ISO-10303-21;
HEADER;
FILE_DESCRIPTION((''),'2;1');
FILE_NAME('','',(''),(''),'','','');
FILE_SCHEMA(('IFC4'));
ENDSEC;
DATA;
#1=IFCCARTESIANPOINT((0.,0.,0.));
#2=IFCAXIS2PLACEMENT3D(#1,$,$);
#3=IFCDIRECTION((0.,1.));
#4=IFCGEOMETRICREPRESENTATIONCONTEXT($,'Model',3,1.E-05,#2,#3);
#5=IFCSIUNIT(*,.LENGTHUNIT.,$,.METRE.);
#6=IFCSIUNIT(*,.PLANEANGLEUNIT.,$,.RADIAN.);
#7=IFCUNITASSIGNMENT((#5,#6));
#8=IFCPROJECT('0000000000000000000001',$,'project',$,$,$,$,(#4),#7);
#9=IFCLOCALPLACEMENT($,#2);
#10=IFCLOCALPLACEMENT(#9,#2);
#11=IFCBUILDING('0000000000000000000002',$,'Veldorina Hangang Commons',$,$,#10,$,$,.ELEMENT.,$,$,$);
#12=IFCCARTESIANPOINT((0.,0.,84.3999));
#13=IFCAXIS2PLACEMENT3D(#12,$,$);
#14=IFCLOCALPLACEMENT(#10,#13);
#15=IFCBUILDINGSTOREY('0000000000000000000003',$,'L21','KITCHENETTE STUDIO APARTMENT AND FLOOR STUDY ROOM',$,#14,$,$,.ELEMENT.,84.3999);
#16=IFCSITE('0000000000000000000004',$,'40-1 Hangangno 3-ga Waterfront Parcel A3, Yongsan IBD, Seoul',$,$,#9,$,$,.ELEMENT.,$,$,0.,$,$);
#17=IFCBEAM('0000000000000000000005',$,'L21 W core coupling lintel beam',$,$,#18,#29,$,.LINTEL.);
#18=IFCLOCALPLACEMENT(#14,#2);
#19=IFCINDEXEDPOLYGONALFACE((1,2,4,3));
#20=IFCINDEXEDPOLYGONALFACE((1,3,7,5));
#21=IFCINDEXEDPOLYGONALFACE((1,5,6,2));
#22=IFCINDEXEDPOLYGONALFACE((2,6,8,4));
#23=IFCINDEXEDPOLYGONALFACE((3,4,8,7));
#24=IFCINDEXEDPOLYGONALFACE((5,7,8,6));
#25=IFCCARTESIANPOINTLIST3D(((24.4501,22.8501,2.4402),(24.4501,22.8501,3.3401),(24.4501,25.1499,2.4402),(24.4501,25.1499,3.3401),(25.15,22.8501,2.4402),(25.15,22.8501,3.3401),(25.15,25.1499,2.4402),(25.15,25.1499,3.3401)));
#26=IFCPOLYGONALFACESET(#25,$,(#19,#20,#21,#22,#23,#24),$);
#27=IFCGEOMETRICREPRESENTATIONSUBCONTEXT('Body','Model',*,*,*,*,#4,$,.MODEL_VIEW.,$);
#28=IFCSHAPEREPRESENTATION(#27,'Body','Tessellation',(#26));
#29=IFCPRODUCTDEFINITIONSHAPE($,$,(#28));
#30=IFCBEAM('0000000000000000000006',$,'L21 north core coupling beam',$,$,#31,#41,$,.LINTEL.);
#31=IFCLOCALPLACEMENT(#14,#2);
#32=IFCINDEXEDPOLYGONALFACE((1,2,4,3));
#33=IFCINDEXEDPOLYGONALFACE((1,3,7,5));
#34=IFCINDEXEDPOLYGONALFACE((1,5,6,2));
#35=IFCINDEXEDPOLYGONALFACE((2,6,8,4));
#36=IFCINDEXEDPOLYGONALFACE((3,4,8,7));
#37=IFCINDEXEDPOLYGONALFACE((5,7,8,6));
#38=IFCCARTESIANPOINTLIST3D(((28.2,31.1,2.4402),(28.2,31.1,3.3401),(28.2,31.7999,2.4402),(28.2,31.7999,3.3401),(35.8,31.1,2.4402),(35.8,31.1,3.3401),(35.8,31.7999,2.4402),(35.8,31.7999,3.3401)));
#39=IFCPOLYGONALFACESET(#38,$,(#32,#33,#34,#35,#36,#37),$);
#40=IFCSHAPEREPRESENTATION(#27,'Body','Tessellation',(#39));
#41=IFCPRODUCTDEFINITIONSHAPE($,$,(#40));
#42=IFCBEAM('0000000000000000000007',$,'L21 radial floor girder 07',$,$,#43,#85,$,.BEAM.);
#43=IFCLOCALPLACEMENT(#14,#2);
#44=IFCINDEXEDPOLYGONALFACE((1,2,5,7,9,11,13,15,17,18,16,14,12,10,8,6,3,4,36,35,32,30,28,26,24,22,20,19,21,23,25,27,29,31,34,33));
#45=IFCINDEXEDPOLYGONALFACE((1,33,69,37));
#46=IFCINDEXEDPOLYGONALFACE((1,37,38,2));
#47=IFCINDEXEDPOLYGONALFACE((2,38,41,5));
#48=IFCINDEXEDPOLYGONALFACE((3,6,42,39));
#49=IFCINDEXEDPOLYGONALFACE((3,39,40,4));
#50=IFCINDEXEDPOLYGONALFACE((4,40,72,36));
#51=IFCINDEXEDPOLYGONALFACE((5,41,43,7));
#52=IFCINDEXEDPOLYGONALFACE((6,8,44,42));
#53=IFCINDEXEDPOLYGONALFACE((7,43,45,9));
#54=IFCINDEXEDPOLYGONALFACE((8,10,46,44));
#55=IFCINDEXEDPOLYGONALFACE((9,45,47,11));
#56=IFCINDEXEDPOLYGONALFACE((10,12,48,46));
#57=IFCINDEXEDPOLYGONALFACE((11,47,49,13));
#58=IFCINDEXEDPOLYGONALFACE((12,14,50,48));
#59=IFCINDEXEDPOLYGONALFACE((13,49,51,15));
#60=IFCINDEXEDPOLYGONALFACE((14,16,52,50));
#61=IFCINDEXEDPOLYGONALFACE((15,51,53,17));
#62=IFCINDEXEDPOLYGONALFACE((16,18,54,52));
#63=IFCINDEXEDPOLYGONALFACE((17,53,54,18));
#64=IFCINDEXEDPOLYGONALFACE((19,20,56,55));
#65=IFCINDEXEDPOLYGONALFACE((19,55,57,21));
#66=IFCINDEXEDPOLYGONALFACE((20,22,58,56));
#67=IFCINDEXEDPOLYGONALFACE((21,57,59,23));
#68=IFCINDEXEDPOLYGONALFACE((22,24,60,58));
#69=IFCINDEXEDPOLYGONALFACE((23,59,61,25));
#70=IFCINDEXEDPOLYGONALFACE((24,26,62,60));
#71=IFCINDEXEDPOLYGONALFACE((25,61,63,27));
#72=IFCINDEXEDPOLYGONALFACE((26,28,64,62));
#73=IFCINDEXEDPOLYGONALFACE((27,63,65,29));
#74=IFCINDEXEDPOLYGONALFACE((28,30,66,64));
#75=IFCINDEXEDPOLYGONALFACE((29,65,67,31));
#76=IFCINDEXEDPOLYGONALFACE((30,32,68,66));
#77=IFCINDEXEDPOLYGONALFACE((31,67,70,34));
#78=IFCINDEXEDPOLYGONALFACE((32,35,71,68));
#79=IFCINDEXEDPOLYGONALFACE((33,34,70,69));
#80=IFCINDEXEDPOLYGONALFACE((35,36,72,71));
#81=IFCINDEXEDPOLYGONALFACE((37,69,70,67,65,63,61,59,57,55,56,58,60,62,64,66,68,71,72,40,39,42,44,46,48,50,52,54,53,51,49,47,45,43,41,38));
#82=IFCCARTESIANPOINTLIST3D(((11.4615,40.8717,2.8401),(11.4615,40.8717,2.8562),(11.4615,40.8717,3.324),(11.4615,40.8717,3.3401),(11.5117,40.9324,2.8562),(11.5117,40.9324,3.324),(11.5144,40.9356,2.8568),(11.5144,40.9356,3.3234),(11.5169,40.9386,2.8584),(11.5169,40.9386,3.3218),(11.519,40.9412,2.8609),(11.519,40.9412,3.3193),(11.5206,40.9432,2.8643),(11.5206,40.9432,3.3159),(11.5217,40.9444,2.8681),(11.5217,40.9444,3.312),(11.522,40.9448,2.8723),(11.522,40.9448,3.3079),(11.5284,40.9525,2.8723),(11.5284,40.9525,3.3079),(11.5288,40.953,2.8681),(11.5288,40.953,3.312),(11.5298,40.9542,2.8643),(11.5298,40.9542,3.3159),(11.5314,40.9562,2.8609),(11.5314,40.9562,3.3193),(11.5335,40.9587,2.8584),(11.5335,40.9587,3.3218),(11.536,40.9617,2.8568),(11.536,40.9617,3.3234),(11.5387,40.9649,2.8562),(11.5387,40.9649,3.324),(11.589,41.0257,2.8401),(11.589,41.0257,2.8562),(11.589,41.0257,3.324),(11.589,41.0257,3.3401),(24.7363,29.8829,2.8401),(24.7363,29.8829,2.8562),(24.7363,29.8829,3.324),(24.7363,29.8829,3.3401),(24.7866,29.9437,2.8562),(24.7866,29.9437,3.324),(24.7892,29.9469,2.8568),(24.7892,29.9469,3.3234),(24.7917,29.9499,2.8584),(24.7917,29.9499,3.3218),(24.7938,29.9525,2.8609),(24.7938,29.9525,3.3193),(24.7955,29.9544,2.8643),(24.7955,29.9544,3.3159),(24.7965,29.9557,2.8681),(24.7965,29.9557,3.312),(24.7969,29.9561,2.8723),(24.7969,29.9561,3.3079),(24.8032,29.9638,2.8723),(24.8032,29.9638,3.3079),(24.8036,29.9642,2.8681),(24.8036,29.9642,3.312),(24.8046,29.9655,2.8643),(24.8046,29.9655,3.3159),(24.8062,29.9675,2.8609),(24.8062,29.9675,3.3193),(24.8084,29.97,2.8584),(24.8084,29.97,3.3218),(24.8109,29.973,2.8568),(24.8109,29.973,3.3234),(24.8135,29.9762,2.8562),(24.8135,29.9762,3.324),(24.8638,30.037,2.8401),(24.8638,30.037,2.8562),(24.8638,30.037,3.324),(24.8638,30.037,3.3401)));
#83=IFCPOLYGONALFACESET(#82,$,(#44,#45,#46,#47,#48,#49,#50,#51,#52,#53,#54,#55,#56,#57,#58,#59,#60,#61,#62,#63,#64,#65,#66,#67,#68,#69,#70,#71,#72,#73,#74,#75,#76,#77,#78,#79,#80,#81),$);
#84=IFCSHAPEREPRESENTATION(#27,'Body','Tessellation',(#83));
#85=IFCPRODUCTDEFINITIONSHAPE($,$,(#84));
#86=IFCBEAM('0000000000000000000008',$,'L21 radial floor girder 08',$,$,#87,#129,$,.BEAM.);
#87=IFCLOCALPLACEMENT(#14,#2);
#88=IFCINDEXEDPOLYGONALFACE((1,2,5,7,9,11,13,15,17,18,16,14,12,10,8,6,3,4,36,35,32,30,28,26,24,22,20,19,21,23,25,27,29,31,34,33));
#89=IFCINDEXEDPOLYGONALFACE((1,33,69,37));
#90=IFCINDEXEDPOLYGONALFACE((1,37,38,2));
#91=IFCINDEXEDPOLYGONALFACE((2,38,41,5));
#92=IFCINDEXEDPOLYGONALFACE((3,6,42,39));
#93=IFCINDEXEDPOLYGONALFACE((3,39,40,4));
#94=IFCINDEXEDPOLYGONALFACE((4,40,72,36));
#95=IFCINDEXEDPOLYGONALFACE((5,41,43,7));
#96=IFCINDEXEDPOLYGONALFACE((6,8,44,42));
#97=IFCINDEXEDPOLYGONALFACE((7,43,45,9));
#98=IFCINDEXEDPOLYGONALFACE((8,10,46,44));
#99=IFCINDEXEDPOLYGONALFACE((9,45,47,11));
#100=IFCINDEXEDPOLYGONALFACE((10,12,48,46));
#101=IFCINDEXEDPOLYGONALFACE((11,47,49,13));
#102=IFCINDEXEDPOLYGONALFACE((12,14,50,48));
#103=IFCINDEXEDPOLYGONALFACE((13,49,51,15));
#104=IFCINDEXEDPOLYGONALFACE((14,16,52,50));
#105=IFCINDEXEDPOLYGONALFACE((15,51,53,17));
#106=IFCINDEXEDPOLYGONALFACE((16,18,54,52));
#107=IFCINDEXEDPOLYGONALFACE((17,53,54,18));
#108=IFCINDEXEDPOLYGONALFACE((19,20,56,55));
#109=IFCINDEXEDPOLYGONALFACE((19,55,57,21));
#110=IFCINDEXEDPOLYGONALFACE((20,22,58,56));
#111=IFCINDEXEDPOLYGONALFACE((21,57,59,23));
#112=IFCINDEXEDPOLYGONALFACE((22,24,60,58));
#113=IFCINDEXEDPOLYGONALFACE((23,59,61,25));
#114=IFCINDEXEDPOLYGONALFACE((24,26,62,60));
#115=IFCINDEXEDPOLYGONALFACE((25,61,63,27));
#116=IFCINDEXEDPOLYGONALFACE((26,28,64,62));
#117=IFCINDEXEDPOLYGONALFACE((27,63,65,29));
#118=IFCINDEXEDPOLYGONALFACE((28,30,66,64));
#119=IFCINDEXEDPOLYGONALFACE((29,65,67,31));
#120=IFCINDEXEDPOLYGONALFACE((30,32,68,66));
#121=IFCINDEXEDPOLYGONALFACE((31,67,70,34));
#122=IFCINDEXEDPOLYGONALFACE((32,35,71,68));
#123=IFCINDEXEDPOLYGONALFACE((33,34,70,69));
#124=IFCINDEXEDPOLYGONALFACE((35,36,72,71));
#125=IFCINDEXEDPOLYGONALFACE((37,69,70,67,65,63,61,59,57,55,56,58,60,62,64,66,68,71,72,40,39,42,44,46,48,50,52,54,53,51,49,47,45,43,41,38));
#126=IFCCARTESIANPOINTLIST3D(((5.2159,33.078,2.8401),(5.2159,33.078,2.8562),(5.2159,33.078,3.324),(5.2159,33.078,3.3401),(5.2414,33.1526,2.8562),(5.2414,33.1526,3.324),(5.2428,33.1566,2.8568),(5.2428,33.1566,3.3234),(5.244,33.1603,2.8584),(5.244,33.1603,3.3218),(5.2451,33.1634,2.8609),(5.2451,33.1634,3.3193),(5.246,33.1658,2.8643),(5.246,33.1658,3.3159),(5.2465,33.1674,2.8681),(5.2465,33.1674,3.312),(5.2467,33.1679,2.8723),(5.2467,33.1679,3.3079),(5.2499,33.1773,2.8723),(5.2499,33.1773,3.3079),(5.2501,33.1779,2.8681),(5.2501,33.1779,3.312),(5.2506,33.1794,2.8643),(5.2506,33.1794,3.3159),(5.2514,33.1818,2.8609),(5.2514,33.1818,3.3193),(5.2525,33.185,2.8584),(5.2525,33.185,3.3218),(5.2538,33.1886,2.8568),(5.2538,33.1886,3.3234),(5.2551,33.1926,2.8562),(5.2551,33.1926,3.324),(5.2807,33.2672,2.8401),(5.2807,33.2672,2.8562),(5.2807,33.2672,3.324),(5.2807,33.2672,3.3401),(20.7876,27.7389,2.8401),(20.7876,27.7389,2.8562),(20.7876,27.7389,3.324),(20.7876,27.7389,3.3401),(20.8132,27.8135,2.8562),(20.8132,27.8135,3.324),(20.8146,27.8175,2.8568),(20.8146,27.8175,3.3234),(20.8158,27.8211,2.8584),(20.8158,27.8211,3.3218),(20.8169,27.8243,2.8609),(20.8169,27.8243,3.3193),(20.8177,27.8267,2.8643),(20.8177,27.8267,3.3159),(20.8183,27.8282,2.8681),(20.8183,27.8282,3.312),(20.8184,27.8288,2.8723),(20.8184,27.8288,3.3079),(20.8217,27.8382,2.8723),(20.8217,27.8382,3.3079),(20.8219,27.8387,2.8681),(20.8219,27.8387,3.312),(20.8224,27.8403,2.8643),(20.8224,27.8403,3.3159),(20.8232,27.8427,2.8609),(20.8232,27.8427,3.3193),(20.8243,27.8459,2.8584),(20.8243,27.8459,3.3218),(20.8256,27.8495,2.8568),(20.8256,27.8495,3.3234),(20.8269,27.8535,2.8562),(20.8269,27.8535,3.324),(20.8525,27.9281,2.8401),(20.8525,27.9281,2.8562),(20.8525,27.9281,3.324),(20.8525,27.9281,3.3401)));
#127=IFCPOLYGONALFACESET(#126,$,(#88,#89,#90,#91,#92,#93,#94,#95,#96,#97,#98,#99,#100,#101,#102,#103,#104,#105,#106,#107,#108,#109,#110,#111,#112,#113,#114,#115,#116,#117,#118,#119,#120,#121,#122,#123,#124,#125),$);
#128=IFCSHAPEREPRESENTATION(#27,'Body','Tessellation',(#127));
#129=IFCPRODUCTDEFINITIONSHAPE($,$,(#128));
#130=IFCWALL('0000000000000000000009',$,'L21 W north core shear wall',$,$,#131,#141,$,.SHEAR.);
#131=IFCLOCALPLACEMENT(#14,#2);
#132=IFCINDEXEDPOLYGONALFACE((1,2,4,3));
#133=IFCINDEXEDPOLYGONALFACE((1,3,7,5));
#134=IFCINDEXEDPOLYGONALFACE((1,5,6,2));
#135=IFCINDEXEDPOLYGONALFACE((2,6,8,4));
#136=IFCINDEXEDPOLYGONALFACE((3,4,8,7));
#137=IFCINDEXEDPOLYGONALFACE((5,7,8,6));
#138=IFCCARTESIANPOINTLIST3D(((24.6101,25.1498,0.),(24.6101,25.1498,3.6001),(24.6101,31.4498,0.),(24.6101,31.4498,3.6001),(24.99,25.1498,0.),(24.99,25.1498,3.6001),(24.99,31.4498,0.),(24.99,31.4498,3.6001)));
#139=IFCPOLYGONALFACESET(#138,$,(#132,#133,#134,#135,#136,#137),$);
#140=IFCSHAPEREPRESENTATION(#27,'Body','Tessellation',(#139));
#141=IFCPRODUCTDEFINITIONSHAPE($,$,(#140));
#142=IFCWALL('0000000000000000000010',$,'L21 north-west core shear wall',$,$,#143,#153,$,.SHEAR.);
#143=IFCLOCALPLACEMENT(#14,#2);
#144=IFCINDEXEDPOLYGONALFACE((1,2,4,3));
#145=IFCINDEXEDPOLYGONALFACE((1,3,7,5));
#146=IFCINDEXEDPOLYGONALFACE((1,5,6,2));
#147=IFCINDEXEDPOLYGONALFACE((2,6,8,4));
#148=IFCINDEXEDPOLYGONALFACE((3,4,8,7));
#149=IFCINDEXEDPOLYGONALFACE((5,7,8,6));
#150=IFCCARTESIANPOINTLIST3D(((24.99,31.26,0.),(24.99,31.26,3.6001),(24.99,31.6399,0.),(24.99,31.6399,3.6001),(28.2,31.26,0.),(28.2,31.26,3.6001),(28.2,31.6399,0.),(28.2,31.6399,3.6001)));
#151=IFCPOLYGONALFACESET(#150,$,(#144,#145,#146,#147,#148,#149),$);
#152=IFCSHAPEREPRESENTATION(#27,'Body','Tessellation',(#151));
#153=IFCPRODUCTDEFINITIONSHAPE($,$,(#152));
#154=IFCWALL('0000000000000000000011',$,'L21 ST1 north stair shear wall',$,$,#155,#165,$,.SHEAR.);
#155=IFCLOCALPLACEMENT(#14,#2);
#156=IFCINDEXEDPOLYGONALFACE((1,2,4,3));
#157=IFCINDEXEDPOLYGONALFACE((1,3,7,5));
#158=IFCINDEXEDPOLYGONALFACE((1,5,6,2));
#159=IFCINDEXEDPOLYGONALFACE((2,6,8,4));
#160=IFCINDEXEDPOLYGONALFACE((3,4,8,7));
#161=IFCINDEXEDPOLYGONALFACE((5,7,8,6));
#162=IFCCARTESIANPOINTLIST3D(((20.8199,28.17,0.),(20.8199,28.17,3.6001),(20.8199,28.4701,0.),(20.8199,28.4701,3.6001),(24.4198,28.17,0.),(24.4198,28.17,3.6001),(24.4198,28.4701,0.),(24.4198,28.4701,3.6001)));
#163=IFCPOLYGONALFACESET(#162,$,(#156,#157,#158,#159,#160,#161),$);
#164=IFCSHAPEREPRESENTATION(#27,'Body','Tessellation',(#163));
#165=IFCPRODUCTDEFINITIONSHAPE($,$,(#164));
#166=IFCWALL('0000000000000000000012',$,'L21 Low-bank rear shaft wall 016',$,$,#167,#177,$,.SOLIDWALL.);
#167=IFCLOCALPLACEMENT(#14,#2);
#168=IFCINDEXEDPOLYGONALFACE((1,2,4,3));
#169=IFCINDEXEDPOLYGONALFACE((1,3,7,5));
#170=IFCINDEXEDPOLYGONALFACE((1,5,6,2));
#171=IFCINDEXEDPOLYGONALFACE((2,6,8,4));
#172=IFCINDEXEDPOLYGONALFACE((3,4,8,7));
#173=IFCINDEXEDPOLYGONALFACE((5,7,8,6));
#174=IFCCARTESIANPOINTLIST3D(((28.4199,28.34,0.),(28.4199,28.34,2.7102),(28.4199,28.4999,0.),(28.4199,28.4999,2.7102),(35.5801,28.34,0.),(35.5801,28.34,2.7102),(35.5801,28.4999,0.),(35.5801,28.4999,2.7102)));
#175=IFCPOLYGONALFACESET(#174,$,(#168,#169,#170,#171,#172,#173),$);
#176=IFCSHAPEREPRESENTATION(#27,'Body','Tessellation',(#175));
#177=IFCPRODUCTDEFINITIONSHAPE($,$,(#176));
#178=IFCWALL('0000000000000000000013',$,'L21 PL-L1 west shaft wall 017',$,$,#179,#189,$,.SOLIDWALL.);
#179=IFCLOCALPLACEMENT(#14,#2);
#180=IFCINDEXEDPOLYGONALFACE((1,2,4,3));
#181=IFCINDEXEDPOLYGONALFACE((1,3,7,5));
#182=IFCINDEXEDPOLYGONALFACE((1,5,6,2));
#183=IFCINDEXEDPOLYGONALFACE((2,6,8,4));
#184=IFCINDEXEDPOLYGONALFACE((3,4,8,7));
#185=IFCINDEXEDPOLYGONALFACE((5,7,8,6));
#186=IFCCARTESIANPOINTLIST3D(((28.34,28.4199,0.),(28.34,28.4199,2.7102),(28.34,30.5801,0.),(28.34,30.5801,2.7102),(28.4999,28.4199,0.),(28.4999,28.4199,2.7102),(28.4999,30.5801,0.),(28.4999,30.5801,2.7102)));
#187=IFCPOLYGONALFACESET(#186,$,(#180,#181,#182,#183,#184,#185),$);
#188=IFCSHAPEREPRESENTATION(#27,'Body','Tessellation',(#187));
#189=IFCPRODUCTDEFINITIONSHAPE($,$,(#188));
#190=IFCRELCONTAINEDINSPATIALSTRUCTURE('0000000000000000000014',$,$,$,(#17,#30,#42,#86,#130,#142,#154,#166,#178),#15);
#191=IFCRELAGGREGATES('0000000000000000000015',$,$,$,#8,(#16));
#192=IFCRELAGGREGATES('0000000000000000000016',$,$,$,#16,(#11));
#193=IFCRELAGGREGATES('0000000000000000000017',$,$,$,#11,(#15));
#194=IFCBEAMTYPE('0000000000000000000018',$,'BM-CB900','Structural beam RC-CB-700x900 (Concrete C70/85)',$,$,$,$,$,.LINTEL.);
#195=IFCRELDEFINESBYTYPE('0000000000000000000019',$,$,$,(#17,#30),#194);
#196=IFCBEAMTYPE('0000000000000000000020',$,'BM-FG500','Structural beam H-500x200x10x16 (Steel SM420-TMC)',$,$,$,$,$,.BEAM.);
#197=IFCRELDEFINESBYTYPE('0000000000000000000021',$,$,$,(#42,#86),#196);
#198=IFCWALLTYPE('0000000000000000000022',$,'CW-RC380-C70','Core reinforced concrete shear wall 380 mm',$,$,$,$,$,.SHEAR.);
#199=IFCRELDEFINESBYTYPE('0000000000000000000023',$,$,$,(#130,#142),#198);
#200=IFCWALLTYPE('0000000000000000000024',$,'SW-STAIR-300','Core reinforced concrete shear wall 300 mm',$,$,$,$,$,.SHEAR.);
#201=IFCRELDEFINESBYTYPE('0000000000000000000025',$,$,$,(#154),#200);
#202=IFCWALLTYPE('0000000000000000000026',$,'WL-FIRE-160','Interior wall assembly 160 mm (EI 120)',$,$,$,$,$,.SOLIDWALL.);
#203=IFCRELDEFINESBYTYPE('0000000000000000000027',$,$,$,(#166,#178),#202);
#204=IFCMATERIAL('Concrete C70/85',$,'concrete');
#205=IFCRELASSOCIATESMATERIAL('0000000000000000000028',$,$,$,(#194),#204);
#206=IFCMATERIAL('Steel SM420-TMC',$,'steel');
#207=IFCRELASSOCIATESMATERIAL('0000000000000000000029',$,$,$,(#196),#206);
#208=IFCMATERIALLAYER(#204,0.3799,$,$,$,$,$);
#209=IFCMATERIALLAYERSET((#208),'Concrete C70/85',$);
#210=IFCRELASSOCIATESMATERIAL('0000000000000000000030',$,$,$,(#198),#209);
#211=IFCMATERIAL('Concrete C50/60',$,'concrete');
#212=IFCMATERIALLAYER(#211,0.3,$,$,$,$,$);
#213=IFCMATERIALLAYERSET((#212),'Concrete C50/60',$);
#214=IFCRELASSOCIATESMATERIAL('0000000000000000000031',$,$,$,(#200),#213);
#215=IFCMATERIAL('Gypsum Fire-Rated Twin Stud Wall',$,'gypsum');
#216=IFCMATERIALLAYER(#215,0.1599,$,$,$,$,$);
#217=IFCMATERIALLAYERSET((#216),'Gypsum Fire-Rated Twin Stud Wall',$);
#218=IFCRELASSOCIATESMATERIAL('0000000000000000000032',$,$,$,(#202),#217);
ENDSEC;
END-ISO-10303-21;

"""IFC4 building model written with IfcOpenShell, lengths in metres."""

from ifc_helpers import new_model, si_unit, direction, frame, frame_2d, origin, origin_2d, place, context, subcontext, project, spatial, rectangle, i_section, extrude, material, layer, layer_set, material_profile, profile_set, type_object, element, save


model = new_model("IFC4")

# Units and contexts
model_context = context("Model", 3, precision=1e-05, world=origin(), true_north=direction((0.0, 1.0)))
body_context = subcontext(model_context, "Body", "Model", "MODEL_VIEW")
ifc_project = project(units=[si_unit("LENGTHUNIT", "METRE"), si_unit("PLANEANGLEUNIT", "RADIAN")], contexts=[model_context])

# Site, building, storey
site_placement = place(None, origin())
site = spatial("IfcSite", under=ifc_project, at=site_placement, Name="40-1 Hangangno 3-ga Waterfront Parcel A3, Yongsan IBD, Seoul", CompositionType="ELEMENT", RefElevation=0.0)
building_placement = place(site_placement, origin())
building = spatial("IfcBuilding", under=site, at=building_placement, Name="Veldorina Hangang Commons", CompositionType="ELEMENT")
storey_placement = place(building_placement, frame((0.0, 0.0, 84.3999)))
storey = spatial("IfcBuildingStorey", under=building, at=storey_placement, Name="L21", Description="KITCHENETTE STUDIO APARTMENT AND FLOOR STUDY ROOM", CompositionType="ELEMENT", Elevation=84.3999)

# Beams
ifc_material_1 = material(Name="Concrete C70/85", Category="concrete")
ifc_material_profile_1 = material_profile(ifc_material_1, rectangle(XDim=0.7, YDim=0.8999, at=origin_2d()), Name="RC-CB-700x900")
ifc_profile_set_1 = profile_set([ifc_material_profile_1], Name="Concrete C70/85")
beam_type_1 = type_object("IfcBeamType", Name="BM-CB900", Description="Structural beam RC-CB-700x900 (Concrete C70/85)", PredefinedType="LINTEL", material=ifc_profile_set_1)
beam_1_placement = place(storey_placement, frame((24.8, 22.8501, 2.8901), z_axis=(0.0, 1.0, 0.0), x_axis=(-1.0, 0.0, 0.0)))
element("IfcBeam", 1, at=beam_1_placement, inside=storey, type_object=beam_type_1, Name="L21 W core coupling lintel beam", PredefinedType="LINTEL", context=body_context, shape_type="SweptSolid", body=[
    extrude(rectangle(XDim=0.7, YDim=0.8999, at=origin_2d()), origin(), (0.0, 0.0, 1.0), 2.2998),
])
beam_2_placement = place(storey_placement, frame((28.2, 31.45, 2.8901), z_axis=(1.0, 0.0, 0.0), x_axis=(0.0, 1.0, 0.0)))
element("IfcBeam", 2, at=beam_2_placement, inside=storey, type_object=beam_type_1, Name="L21 north core coupling beam", PredefinedType="LINTEL", context=body_context, shape_type="SweptSolid", body=[
    extrude(rectangle(XDim=0.7, YDim=0.8999, at=origin_2d()), origin(), (0.0, 0.0, 1.0), 7.6001),
])
ifc_material_2 = material(Name="Steel SM420-TMC", Category="steel")
ifc_material_profile_2 = material_profile(ifc_material_2, i_section(OverallWidth=0.2, OverallDepth=0.5, WebThickness=0.01, FlangeThickness=0.0161, FilletRadius=0.0161, at=origin_2d()), Name="H-500x200x10x16")
ifc_profile_set_2 = profile_set([ifc_material_profile_2], Name="Steel SM420-TMC")
beam_type_2 = type_object("IfcBeamType", Name="BM-FG500", Description="Structural beam H-500x200x10x16 (Steel SM420-TMC)", PredefinedType="BEAM", material=ifc_profile_set_2)
beam_3_placement = place(storey_placement, frame((24.8, 29.96, 3.0901), z_axis=(-0.770319, 0.637659, 0.0), x_axis=(-0.637659, -0.770319, 0.0)))
element("IfcBeam", 3, at=beam_3_placement, inside=storey, type_object=beam_type_2, Name="L21 radial floor girder 07", PredefinedType="BEAM", context=body_context, shape_type="SweptSolid", body=[
    extrude(i_section(OverallWidth=0.2, OverallDepth=0.5, WebThickness=0.01, FlangeThickness=0.0161, FilletRadius=0.0161, at=origin_2d()), origin(), (0.0, 0.0, 1.0), 17.2329),
])
beam_4_placement = place(storey_placement, frame((20.8201, 27.8335, 3.0901), z_axis=(-0.945942, 0.324336, 0.0), x_axis=(-0.324336, -0.945942, 0.0)))
element("IfcBeam", 4, at=beam_4_placement, inside=storey, type_object=beam_type_2, Name="L21 radial floor girder 08", PredefinedType="BEAM", context=body_context, shape_type="SweptSolid", body=[
    extrude(i_section(OverallWidth=0.2, OverallDepth=0.5, WebThickness=0.01, FlangeThickness=0.0161, FilletRadius=0.0161, at=origin_2d()), origin(), (0.0, 0.0, 1.0), 16.4617),
])

# Walls
ifc_layer_1 = layer(ifc_material_1, 0.3799)
ifc_layer_set_1 = layer_set([ifc_layer_1], Name="Concrete C70/85")
wall_type_1 = type_object("IfcWallType", Name="CW-RC380-C70", Description="Core reinforced concrete shear wall 380 mm", PredefinedType="SHEAR", material=ifc_layer_set_1)
wall_1_placement = place(storey_placement, frame((24.8, 25.1499, 0.0), z_axis=(0.0, 0.0, 1.0), x_axis=(0.0, 1.0, 0.0)))
element("IfcWall", 5, at=wall_1_placement, inside=storey, type_object=wall_type_1, Name="L21 W north core shear wall", PredefinedType="SHEAR", context=body_context, shape_type="SweptSolid", body=[
    extrude(rectangle(XDim=6.3, YDim=0.3799, at=frame_2d((3.1499, 0.0))), origin(), (0.0, 0.0, 1.0), 3.6001),
])
wall_2_placement = place(storey_placement, frame((24.99, 31.45, 0.0), z_axis=(0.0, 0.0, 1.0), x_axis=(1.0, 0.0, 0.0)))
element("IfcWall", 6, at=wall_2_placement, inside=storey, type_object=wall_type_1, Name="L21 north-west core shear wall", PredefinedType="SHEAR", context=body_context, shape_type="SweptSolid", body=[
    extrude(rectangle(XDim=3.21, YDim=0.3799, at=frame_2d((1.605, 0.0))), origin(), (0.0, 0.0, 1.0), 3.6001),
])
ifc_material_3 = material(Name="Concrete C50/60", Category="concrete")
ifc_layer_2 = layer(ifc_material_3, 0.3)
ifc_layer_set_2 = layer_set([ifc_layer_2], Name="Concrete C50/60")
wall_type_2 = type_object("IfcWallType", Name="SW-STAIR-300", Description="Core reinforced concrete shear wall 300 mm", PredefinedType="SHEAR", material=ifc_layer_set_2)
wall_3_placement = place(storey_placement, frame((20.8201, 28.3201, 0.0), z_axis=(0.0, 0.0, 1.0), x_axis=(1.0, 0.0, 0.0)))
element("IfcWall", 7, at=wall_3_placement, inside=storey, type_object=wall_type_2, Name="L21 ST1 north stair shear wall", PredefinedType="SHEAR", context=body_context, shape_type="SweptSolid", body=[
    extrude(rectangle(XDim=3.5999, YDim=0.3, at=frame_2d((1.7998, 0.0))), origin(), (0.0, 0.0, 1.0), 3.6001),
])

# Shared definitions
ifc_material_4 = material(Name="Gypsum Fire-Rated Twin Stud Wall", Category="gypsum")
ifc_layer_3 = layer(ifc_material_4, 0.1599)
ifc_layer_set_3 = layer_set([ifc_layer_3], Name="Gypsum Fire-Rated Twin Stud Wall")
wall_type_3 = type_object("IfcWallType", Name="WL-FIRE-160", Description="Interior wall assembly 160 mm (EI 120)", PredefinedType="SOLIDWALL", material=ifc_layer_set_3)

# Walls
wall_4_placement = place(storey_placement, frame((28.4199, 28.4199, 0.0), z_axis=(0.0, 0.0, 1.0), x_axis=(1.0, 0.0, 0.0)))
element("IfcWall", 8, at=wall_4_placement, inside=storey, type_object=wall_type_3, Name="L21 Low-bank rear shaft wall 016", PredefinedType="SOLIDWALL", context=body_context, shape_type="SweptSolid", body=[
    extrude(rectangle(XDim=7.1602, YDim=0.1599, at=frame_2d((3.5801, 0.0))), origin(), (0.0, 0.0, 1.0), 2.7102),
])
for number, where, z_axis, x_axis, name in (
    (9, (28.4199, 28.4199, 0.0), (0.0, 0.0, 1.0), (0.0, 1.0, 0.0), "L21 PL-L1 west shaft wall 017"),
):
    element("IfcWall", number, at=place(storey_placement, frame(where, z_axis=z_axis, x_axis=x_axis)), inside=storey, type_object=wall_type_3, Name=name, PredefinedType="SOLIDWALL", context=body_context, shape_type="SweptSolid", body=[
        extrude(rectangle(XDim=2.1602, YDim=0.1599, at=frame_2d((1.0801, 0.0))), origin(), (0.0, 0.0, 1.0), 2.7102),
    ])

save(model, "model.ifc")
